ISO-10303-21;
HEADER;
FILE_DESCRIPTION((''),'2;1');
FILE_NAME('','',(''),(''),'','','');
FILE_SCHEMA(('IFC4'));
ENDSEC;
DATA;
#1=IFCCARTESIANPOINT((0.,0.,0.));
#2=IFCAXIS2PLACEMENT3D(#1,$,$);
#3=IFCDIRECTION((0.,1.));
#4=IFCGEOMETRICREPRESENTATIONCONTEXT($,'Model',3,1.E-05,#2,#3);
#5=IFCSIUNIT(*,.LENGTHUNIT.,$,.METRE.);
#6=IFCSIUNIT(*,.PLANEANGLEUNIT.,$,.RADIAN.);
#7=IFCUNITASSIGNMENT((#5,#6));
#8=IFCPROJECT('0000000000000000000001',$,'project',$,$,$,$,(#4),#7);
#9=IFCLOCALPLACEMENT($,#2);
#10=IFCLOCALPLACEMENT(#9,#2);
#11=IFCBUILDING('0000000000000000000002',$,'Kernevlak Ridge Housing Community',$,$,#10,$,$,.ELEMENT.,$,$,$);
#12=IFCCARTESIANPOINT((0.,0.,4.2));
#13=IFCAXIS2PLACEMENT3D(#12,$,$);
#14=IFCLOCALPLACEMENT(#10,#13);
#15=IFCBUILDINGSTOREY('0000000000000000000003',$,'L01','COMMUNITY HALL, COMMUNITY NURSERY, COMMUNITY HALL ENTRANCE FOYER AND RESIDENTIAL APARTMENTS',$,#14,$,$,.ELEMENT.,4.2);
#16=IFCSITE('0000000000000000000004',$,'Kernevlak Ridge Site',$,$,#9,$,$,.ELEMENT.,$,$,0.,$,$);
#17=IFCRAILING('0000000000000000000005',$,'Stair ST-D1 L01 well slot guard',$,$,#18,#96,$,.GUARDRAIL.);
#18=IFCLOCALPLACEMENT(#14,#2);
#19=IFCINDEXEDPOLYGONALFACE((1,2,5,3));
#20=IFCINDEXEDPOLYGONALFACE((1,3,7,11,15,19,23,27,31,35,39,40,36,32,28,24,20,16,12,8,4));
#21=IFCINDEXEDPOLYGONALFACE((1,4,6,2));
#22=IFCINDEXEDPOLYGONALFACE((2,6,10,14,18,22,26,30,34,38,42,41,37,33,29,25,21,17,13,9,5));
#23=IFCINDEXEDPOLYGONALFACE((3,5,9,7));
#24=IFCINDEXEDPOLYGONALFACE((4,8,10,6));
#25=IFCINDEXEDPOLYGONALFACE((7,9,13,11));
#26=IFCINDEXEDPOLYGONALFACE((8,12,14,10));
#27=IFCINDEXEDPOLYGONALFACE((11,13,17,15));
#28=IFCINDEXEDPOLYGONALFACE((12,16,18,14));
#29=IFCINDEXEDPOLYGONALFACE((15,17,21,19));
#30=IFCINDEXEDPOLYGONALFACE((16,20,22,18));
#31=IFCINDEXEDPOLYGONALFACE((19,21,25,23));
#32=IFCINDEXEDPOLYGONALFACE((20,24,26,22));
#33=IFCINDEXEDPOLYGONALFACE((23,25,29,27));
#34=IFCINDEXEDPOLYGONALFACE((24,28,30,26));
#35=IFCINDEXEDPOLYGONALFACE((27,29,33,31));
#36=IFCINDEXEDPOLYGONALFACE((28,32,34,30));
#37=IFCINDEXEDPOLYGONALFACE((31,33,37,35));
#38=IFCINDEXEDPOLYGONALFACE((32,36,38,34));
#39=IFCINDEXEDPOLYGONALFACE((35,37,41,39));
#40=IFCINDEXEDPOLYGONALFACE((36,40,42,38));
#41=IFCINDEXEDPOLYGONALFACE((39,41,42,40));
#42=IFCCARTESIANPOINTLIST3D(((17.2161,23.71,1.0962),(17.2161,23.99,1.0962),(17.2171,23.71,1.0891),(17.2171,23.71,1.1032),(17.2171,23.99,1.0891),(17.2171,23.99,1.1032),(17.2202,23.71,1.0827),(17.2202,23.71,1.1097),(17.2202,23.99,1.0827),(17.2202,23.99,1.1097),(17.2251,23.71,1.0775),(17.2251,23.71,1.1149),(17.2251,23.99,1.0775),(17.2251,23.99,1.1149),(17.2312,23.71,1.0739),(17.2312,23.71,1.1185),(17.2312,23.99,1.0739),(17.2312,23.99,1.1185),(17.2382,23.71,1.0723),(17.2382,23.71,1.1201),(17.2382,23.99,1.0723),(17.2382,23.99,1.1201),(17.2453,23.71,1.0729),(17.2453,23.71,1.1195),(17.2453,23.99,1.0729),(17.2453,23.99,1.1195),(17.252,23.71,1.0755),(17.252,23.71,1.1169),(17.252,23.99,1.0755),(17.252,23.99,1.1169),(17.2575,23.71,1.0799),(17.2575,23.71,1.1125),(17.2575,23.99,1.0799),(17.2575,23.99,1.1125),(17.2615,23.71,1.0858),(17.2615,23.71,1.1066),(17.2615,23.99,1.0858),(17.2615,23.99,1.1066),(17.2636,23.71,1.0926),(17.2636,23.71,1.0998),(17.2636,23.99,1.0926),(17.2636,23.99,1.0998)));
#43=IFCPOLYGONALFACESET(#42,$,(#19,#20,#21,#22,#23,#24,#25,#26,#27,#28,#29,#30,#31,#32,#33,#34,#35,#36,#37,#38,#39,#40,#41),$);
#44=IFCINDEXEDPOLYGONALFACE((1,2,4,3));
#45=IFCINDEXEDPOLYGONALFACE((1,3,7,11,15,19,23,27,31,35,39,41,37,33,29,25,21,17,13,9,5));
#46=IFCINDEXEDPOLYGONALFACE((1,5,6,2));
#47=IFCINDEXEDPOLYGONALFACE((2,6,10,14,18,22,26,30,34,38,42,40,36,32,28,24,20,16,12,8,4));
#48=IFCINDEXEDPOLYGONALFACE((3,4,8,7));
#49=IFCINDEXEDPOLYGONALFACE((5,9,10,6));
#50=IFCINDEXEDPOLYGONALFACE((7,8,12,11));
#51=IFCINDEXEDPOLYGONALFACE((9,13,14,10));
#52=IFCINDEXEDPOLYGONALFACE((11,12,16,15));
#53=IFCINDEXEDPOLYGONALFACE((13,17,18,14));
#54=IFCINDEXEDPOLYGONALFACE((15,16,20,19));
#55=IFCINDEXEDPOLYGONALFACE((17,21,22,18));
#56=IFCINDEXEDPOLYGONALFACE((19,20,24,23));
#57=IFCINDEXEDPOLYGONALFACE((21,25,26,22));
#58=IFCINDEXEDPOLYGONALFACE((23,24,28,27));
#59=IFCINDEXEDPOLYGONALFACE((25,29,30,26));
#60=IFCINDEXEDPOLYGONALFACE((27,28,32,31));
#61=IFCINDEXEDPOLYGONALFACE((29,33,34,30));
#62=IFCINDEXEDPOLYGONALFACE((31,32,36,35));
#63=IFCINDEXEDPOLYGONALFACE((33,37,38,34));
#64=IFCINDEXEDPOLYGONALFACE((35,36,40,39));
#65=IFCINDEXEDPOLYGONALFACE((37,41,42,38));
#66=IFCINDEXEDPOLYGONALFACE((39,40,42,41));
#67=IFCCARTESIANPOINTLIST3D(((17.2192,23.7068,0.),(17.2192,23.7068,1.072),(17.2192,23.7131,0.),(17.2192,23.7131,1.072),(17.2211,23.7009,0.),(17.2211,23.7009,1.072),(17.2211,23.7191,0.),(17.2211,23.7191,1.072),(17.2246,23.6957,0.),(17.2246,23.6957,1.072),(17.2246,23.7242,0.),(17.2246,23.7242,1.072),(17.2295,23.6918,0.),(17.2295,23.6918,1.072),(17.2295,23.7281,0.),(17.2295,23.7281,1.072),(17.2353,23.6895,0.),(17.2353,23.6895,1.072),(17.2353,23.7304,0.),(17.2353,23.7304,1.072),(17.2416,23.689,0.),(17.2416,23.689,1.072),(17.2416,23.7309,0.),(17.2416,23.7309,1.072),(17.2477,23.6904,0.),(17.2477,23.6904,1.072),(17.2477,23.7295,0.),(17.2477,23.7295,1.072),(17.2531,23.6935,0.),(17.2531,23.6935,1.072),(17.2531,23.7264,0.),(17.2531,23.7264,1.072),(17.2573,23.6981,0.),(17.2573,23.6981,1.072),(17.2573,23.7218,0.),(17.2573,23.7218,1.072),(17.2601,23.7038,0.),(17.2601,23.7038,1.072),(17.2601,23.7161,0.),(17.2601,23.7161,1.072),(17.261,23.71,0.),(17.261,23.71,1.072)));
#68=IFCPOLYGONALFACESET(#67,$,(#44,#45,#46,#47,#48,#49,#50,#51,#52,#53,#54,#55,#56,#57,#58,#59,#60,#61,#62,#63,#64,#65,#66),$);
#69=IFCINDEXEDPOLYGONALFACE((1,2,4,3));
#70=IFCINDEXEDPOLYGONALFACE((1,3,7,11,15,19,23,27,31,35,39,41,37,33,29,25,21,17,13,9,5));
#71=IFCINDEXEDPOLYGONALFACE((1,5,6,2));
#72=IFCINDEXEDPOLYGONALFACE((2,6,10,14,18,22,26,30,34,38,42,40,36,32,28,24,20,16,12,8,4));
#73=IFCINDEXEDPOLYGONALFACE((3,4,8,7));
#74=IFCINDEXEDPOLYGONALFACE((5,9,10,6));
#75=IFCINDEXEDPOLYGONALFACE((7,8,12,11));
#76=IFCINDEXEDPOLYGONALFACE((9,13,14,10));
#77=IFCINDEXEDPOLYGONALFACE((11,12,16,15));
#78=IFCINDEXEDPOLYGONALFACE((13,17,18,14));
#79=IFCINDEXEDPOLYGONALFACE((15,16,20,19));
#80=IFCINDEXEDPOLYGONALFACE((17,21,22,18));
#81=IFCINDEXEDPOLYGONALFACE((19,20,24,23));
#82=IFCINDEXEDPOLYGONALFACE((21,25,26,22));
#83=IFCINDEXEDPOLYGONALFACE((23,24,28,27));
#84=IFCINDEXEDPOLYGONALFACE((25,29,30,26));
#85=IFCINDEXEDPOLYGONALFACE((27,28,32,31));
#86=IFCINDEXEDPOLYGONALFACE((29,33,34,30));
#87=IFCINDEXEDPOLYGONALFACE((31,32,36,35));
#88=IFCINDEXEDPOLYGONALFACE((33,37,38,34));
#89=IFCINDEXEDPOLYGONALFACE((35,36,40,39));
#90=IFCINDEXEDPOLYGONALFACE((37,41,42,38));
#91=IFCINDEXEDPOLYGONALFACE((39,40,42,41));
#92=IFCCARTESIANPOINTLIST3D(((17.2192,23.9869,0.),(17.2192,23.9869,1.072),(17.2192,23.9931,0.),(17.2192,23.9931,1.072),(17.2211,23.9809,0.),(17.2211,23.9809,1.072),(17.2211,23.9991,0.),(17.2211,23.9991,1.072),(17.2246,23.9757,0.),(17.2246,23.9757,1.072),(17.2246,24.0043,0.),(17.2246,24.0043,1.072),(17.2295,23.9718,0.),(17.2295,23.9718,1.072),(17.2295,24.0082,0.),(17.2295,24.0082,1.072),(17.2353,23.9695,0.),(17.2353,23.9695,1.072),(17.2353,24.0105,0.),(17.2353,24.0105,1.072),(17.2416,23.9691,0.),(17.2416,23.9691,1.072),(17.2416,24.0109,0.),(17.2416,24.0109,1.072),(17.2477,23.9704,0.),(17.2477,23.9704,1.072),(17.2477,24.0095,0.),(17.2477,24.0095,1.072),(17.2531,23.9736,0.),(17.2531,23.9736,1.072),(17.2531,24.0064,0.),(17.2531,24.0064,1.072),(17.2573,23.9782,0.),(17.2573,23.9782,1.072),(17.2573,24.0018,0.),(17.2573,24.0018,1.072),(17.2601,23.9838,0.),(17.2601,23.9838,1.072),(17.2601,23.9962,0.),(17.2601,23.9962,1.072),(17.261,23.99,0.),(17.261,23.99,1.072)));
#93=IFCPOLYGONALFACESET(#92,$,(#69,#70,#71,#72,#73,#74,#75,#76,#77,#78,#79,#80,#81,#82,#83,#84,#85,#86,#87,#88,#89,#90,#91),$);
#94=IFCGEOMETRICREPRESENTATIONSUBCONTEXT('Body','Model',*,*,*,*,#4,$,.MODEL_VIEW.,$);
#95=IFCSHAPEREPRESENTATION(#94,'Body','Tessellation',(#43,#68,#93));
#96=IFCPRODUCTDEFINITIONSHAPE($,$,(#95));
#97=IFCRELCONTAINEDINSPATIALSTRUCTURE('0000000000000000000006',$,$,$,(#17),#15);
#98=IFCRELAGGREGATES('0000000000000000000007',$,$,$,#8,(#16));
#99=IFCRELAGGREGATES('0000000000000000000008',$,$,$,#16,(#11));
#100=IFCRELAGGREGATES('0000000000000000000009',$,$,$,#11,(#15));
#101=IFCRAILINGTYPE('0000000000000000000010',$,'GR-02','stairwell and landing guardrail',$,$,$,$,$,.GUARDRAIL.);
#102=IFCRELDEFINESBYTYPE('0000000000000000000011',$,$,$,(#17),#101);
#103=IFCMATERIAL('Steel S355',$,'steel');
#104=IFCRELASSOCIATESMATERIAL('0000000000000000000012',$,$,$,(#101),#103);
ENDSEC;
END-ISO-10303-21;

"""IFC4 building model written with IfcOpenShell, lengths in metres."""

from ifc_helpers import new_model, si_unit, direction, frame, origin, origin_2d, place, context, subcontext, project, spatial, circle, extrude, material, type_object, element, save


model = new_model("IFC4")

# Units and contexts
model_context = context("Model", 3, precision=1e-05, world=origin(), true_north=direction((0.0, 1.0)))
body_context = subcontext(model_context, "Body", "Model", "MODEL_VIEW")
ifc_project = project(units=[si_unit("LENGTHUNIT", "METRE"), si_unit("PLANEANGLEUNIT", "RADIAN")], contexts=[model_context])

# Site, building, storey
site_placement = place(None, origin())
site = spatial("IfcSite", under=ifc_project, at=site_placement, Name="Kernevlak Ridge Site", CompositionType="ELEMENT", RefElevation=0.0)
building_placement = place(site_placement, origin())
building = spatial("IfcBuilding", under=site, at=building_placement, Name="Kernevlak Ridge Housing Community", CompositionType="ELEMENT")
storey_placement = place(building_placement, frame((0.0, 0.0, 4.2)))
storey = spatial("IfcBuildingStorey", under=building, at=storey_placement, Name="L01", Description="COMMUNITY HALL, COMMUNITY NURSERY, COMMUNITY HALL ENTRANCE FOYER AND RESIDENTIAL APARTMENTS", CompositionType="ELEMENT", Elevation=4.2)

# Railing
ifc_material_1 = material(Name="Steel S355", Category="steel")
railing_type_1 = type_object("IfcRailingType", Name="GR-02", Description="stairwell and landing guardrail", PredefinedType="GUARDRAIL", material=ifc_material_1)
railing_1_placement = place(storey_placement, frame((17.24, 23.71, 0.0)))
element("IfcRailing", 1, at=railing_1_placement, inside=storey, type_object=railing_type_1, Name="Stair ST-D1 L01 well slot guard", PredefinedType="GUARDRAIL", context=body_context, shape_type="SweptSolid", body=[
    extrude(circle(Radius=0.0239, at=origin_2d()), frame((0.0, 0.0, 1.0962), z_axis=(0.0, 1.0, 0.0), x_axis=(-1.0, 0.0, 0.0)), (0.0, 0.0, 1.0), 0.28),
    extrude(circle(Radius=0.021, at=origin_2d()), origin(), (0.0, 0.0, 1.0), 1.072),
    extrude(circle(Radius=0.021, at=origin_2d()), frame((0.0, 0.28, 0.0)), (0.0, 0.0, 1.0), 1.072),
])

save(model, "model.ifc")
